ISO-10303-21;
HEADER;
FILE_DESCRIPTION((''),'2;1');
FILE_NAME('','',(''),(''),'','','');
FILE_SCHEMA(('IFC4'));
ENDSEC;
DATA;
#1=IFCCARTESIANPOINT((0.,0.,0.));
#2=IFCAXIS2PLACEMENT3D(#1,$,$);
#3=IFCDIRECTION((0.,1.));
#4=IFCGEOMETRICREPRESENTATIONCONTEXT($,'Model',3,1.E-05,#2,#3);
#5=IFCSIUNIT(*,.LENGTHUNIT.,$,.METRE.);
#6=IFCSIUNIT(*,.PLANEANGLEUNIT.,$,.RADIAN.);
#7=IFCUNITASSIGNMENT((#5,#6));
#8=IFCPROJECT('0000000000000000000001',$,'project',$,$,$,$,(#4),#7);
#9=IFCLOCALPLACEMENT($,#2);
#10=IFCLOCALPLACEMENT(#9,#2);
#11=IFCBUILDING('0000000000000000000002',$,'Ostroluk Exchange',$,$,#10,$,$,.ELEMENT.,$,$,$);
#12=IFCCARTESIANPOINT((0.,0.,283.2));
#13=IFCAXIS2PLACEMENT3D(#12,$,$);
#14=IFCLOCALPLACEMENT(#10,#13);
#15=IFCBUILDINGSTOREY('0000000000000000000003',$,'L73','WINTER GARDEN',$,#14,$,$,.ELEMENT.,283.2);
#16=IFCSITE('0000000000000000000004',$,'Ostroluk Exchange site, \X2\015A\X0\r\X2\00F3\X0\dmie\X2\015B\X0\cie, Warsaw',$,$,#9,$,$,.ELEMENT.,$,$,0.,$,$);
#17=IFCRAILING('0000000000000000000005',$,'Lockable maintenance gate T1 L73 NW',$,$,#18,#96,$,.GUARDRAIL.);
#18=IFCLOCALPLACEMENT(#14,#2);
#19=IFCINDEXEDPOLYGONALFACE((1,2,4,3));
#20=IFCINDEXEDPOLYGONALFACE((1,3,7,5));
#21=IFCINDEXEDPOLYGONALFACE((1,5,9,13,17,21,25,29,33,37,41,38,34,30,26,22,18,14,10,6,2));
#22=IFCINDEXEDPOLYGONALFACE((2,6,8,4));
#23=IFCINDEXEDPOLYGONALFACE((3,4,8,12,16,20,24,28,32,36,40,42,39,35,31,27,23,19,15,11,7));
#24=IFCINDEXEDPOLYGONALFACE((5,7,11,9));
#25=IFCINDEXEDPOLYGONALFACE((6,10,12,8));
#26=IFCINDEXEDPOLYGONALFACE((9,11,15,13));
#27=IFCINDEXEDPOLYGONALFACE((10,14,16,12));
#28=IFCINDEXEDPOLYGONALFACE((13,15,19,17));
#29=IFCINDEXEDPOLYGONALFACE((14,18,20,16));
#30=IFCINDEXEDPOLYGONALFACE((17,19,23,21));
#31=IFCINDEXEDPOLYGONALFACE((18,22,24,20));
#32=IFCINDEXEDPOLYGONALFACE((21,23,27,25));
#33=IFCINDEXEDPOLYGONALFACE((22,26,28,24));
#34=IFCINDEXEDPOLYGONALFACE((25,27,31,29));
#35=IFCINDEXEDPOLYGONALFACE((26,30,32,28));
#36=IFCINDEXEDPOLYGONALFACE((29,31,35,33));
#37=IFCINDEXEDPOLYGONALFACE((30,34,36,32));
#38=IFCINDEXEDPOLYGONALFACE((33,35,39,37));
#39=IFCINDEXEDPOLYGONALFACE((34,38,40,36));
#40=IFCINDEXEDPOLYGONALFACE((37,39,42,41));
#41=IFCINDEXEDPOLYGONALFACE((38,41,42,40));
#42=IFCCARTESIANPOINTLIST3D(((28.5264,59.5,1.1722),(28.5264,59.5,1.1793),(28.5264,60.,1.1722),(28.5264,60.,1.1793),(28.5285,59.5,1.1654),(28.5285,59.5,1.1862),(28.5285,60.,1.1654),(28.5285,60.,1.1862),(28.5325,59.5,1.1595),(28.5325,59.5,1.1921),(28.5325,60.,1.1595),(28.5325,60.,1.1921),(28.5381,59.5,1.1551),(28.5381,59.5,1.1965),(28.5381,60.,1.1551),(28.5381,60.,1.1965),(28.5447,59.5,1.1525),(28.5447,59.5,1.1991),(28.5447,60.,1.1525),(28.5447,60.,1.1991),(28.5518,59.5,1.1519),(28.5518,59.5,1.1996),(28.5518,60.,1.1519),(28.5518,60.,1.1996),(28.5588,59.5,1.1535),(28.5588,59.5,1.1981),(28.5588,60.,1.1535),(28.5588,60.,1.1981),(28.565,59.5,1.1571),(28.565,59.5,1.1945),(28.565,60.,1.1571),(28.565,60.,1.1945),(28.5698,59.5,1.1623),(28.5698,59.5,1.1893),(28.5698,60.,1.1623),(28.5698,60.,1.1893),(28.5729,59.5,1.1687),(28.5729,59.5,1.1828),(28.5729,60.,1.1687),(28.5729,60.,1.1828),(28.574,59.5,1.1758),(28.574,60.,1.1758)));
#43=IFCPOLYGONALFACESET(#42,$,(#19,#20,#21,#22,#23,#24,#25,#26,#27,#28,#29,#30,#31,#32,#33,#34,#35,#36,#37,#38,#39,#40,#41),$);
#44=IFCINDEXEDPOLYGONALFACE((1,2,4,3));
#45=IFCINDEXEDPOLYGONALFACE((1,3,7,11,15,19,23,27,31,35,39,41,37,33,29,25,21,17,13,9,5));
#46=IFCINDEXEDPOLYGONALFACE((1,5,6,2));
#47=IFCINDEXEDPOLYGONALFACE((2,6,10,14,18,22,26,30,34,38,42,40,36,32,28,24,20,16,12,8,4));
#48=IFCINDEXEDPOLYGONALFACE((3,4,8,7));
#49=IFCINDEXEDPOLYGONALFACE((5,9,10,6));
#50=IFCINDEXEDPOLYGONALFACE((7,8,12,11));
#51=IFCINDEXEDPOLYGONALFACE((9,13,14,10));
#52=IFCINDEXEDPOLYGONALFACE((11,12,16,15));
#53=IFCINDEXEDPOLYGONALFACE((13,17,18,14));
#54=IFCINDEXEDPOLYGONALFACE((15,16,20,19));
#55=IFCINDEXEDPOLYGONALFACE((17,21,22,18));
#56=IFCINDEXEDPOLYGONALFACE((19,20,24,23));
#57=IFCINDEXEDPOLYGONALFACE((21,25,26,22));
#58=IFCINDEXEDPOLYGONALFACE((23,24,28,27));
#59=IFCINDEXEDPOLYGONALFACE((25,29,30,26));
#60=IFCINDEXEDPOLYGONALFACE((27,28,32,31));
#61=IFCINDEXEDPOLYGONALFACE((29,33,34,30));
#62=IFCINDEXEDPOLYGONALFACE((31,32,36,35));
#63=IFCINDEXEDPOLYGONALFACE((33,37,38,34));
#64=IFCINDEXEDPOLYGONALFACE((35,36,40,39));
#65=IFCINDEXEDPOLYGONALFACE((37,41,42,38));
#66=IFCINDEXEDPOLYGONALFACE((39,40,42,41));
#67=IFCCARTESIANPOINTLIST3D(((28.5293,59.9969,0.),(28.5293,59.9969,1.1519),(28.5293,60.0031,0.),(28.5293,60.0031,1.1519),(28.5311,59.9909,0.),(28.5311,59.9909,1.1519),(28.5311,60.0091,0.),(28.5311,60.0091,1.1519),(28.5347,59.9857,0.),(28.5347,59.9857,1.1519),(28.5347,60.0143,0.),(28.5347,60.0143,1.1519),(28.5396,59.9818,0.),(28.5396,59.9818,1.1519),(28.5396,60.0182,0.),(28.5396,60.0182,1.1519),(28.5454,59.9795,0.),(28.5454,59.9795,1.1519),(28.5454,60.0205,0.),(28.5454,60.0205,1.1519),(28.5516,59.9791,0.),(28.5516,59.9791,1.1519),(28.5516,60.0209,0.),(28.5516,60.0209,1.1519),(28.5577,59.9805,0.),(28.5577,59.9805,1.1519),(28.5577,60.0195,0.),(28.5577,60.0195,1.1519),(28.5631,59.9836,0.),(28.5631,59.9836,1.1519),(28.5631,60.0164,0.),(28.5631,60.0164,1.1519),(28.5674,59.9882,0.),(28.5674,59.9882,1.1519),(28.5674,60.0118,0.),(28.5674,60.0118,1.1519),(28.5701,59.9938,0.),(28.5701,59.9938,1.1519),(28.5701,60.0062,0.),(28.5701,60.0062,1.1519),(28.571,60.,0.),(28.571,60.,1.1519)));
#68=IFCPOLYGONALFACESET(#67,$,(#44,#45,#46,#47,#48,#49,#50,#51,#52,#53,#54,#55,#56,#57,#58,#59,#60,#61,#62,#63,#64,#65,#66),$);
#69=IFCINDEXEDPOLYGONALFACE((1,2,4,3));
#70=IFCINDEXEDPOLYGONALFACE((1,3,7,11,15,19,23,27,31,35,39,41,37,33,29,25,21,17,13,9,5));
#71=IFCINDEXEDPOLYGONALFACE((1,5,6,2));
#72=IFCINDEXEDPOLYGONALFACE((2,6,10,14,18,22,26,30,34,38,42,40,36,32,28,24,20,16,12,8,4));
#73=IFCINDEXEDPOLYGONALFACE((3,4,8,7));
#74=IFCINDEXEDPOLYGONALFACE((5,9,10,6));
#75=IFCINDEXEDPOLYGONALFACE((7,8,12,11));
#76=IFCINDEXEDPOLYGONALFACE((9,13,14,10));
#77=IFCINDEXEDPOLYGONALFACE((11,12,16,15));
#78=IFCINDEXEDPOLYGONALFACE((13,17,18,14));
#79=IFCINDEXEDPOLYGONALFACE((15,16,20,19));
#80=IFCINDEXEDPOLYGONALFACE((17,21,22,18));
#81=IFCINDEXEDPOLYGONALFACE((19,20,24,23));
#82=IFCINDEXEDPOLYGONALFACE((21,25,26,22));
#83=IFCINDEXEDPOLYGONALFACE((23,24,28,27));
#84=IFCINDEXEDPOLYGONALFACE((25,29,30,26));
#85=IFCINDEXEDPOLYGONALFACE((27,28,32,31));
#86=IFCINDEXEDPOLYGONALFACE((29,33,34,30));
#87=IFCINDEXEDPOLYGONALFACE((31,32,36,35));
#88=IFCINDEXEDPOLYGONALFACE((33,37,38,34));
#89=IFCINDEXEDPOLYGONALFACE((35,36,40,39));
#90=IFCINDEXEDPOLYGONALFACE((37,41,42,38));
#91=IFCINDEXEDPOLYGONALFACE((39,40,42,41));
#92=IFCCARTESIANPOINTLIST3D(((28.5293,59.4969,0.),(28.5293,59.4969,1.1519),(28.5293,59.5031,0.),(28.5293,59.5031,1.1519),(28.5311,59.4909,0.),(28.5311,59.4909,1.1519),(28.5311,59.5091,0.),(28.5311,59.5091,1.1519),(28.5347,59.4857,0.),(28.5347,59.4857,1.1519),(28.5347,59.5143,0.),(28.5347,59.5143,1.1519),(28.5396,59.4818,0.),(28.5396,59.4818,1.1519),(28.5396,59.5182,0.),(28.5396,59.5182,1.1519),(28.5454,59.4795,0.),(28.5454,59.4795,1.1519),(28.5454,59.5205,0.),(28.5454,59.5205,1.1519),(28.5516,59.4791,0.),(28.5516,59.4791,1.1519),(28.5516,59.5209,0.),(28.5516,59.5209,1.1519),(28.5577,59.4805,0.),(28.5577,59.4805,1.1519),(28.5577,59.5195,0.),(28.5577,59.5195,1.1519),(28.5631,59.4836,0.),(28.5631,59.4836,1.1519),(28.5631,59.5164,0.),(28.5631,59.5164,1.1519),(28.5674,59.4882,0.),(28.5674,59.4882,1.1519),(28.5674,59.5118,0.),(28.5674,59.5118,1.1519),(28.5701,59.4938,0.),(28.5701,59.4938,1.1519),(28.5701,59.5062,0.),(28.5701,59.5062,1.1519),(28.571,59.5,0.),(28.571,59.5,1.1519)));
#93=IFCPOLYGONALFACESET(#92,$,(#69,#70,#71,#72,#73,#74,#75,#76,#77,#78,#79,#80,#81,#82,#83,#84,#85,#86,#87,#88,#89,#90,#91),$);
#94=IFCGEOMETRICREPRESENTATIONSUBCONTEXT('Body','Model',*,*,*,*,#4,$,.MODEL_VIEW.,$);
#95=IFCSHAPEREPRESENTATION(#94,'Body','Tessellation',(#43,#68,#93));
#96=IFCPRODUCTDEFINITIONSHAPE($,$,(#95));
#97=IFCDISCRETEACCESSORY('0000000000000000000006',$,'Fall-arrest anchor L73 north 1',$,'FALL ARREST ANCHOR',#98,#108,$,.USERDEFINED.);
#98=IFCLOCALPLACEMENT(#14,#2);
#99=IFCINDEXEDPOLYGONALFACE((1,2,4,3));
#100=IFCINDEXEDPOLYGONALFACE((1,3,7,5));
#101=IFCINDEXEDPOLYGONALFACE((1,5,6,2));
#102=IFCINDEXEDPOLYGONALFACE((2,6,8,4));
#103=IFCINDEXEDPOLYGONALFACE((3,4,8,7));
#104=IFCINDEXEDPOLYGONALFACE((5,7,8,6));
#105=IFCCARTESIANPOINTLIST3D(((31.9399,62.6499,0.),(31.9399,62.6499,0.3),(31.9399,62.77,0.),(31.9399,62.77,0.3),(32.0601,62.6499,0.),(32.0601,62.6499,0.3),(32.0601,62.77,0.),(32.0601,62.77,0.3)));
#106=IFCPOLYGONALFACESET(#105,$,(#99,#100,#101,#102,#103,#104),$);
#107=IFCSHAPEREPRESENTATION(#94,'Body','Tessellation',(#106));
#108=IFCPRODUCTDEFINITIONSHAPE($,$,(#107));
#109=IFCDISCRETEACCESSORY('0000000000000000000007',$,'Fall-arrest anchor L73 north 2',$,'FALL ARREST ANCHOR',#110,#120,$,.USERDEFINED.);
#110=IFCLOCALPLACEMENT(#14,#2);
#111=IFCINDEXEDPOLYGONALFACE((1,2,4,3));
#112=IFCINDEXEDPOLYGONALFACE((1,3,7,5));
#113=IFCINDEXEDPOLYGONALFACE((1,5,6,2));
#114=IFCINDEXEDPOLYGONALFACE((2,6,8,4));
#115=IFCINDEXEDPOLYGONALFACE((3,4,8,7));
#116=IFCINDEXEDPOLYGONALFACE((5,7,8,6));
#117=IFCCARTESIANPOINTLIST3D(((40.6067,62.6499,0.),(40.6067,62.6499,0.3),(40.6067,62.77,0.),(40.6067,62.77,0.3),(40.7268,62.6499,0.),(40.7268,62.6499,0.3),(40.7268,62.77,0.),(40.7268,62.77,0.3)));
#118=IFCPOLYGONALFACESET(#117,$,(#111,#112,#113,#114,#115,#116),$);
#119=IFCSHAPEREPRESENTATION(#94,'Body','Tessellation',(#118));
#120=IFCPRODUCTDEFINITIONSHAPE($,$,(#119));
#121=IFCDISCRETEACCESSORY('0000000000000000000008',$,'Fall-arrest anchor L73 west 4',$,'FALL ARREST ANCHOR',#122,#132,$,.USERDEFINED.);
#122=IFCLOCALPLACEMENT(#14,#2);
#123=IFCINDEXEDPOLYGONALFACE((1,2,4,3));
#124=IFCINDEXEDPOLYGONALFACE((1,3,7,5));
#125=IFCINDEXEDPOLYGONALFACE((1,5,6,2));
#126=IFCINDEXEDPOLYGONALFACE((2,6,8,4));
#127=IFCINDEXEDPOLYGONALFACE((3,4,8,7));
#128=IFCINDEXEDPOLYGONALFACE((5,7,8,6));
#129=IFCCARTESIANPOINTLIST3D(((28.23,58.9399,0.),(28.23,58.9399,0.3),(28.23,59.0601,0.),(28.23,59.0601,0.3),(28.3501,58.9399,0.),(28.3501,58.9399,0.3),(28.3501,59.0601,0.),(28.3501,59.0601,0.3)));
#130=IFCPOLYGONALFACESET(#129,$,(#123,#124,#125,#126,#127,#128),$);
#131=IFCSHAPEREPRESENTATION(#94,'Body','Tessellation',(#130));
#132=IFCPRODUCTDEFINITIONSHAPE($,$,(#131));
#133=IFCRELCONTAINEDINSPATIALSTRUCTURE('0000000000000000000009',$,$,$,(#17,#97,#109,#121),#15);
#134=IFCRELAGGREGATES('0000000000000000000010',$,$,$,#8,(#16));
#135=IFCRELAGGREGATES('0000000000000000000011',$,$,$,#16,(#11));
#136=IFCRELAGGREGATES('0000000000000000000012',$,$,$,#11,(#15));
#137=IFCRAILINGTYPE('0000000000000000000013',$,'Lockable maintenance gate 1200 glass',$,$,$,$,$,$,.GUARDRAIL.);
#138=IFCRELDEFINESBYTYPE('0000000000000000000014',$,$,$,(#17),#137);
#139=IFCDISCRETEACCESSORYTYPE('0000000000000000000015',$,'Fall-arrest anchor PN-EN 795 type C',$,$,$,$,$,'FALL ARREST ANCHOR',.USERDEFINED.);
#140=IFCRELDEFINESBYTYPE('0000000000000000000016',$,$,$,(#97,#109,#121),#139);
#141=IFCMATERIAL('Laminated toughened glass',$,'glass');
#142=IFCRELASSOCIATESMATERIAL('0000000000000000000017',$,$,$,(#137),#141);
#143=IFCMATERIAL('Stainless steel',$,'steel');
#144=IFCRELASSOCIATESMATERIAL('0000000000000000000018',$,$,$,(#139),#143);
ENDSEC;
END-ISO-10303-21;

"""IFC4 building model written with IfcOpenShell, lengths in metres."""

from ifc_helpers import new_model, si_unit, direction, frame, origin, origin_2d, place, context, subcontext, project, spatial, rectangle, circle, extrude, material, type_object, element, save


model = new_model("IFC4")

# Units and contexts
model_context = context("Model", 3, precision=1e-05, world=origin(), true_north=direction((0.0, 1.0)))
body_context = subcontext(model_context, "Body", "Model", "MODEL_VIEW")
ifc_project = project(units=[si_unit("LENGTHUNIT", "METRE"), si_unit("PLANEANGLEUNIT", "RADIAN")], contexts=[model_context])

# Site, building, storey
site_placement = place(None, origin())
site = spatial("IfcSite", under=ifc_project, at=site_placement, Name="Ostroluk Exchange site, Śródmieście, Warsaw", CompositionType="ELEMENT", RefElevation=0.0)
building_placement = place(site_placement, origin())
building = spatial("IfcBuilding", under=site, at=building_placement, Name="Ostroluk Exchange", CompositionType="ELEMENT")
storey_placement = place(building_placement, frame((0.0, 0.0, 283.2)))
storey = spatial("IfcBuildingStorey", under=building, at=storey_placement, Name="L73", Description="WINTER GARDEN", CompositionType="ELEMENT", Elevation=283.2)

# Railing
ifc_material_1 = material(Name="Laminated toughened glass", Category="glass")
railing_type_1 = type_object("IfcRailingType", Name="Lockable maintenance gate 1200 glass", PredefinedType="GUARDRAIL", material=ifc_material_1)
railing_1_placement = place(storey_placement, frame((28.55, 60.0, 0.0)))
element("IfcRailing", 1, at=railing_1_placement, inside=storey, type_object=railing_type_1, Name="Lockable maintenance gate T1 L73 NW", PredefinedType="GUARDRAIL", context=body_context, shape_type="SweptSolid", body=[
    extrude(circle(Radius=0.0239, at=origin_2d()), frame((0.0, 0.0, 1.1758), z_axis=(0.0, -1.0, 0.0), x_axis=(1.0, 0.0, 0.0)), (0.0, 0.0, 1.0), 0.5),
    extrude(circle(Radius=0.021, at=origin_2d()), origin(), (0.0, 0.0, 1.0), 1.1519),
    extrude(circle(Radius=0.021, at=origin_2d()), frame((0.0, -0.5, 0.0)), (0.0, 0.0, 1.0), 1.1519),
])

# Discrete accessories
ifc_material_2 = material(Name="Stainless steel", Category="steel")
discrete_accessory_type = type_object("IfcDiscreteAccessoryType", Name="Fall-arrest anchor PN-EN 795 type C", ElementType="FALL ARREST ANCHOR", PredefinedType="USERDEFINED", material=ifc_material_2)
for number, where, z_axis, x_axis, name in (
    (2, (32.0, 62.71, 0.0), (0.0, 0.0, 1.0), (1.0, 0.0, 0.0), "Fall-arrest anchor L73 north 1"),
    (3, (40.6667, 62.71, 0.0), (0.0, 0.0, 1.0), (1.0, 0.0, 0.0), "Fall-arrest anchor L73 north 2"),
    (4, (28.29, 59.0, 0.0), (0.0, 0.0, 1.0), (1.0, 0.0, 0.0), "Fall-arrest anchor L73 west 4"),
):
    element("IfcDiscreteAccessory", number, at=place(storey_placement, frame(where, z_axis=z_axis, x_axis=x_axis)), inside=storey, type_object=discrete_accessory_type, Name=name, ObjectType="FALL ARREST ANCHOR", PredefinedType="USERDEFINED", context=body_context, shape_type="SweptSolid", body=[
        extrude(rectangle(XDim=0.1201, YDim=0.1201, at=origin_2d()), origin(), (0.0, 0.0, 1.0), 0.3),
    ])

save(model, "model.ifc")
